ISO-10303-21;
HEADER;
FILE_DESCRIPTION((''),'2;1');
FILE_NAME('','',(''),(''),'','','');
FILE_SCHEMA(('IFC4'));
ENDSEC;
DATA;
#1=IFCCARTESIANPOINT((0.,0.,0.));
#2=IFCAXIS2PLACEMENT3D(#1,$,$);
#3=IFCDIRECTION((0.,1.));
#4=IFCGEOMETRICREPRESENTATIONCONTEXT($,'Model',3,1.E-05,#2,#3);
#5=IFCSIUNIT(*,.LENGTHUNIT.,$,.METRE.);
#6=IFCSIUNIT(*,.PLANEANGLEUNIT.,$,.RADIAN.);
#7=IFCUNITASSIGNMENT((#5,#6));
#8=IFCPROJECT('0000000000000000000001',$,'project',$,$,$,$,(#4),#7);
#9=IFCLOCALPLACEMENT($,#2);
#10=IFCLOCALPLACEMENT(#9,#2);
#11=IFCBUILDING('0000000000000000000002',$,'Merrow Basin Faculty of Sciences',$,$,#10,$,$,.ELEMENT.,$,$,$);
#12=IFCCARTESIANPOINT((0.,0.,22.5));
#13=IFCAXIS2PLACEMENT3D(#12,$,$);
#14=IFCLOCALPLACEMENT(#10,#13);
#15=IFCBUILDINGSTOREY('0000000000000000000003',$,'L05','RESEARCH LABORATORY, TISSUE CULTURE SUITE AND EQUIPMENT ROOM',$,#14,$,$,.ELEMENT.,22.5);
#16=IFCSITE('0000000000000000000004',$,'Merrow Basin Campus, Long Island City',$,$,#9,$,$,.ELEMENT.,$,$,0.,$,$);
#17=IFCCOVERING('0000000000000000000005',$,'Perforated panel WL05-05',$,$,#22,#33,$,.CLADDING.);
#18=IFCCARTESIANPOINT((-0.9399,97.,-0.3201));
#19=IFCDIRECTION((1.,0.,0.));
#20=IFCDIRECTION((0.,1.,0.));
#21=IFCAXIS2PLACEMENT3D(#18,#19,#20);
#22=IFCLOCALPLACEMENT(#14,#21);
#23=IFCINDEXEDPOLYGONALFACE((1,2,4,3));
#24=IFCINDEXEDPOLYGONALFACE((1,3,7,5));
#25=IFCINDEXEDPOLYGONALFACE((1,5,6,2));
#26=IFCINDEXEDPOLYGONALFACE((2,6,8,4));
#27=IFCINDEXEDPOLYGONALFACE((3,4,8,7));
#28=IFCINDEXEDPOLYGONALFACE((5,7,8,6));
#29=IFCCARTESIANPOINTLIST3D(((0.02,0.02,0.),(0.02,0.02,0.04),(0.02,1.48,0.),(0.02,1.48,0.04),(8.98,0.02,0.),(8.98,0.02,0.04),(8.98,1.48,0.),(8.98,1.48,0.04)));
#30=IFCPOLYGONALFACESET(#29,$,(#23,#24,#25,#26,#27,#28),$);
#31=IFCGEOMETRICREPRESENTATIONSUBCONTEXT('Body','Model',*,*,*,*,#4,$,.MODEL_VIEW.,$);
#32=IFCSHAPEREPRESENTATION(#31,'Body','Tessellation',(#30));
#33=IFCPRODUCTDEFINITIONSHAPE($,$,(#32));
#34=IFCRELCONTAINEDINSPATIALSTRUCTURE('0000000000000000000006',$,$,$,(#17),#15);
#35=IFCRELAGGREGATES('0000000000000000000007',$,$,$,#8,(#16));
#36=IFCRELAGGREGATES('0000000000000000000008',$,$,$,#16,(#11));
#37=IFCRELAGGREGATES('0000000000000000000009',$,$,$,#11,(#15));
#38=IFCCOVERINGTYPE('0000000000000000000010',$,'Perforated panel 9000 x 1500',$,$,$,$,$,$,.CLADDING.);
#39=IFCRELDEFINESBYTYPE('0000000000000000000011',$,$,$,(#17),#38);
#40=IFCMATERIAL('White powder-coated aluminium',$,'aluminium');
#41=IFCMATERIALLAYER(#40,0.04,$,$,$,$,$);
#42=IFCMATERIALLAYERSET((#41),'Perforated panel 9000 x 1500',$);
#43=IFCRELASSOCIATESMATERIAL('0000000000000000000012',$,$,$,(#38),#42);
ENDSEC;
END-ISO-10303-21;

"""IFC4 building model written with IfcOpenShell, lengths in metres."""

from ifc_helpers import new_model, si_unit, direction, frame, origin, place, context, subcontext, project, spatial, polyline, outline, extrude, source, transform, mapped, material, layer, layer_set, type_object, element, save


model = new_model("IFC4")

# Units and contexts
model_context = context("Model", 3, precision=1e-05, world=origin(), true_north=direction((0.0, 1.0)))
body_context = subcontext(model_context, "Body", "Model", "MODEL_VIEW")
ifc_project = project(units=[si_unit("LENGTHUNIT", "METRE"), si_unit("PLANEANGLEUNIT", "RADIAN")], contexts=[model_context])

# Site, building, storey
site_placement = place(None, origin())
site = spatial("IfcSite", under=ifc_project, at=site_placement, Name="Merrow Basin Campus, Long Island City", CompositionType="ELEMENT", RefElevation=0.0)
building_placement = place(site_placement, origin())
building = spatial("IfcBuilding", under=site, at=building_placement, Name="Merrow Basin Faculty of Sciences", CompositionType="ELEMENT")
storey_placement = place(building_placement, frame((0.0, 0.0, 22.5)))
storey = spatial("IfcBuildingStorey", under=building, at=storey_placement, Name="L05", Description="RESEARCH LABORATORY, TISSUE CULTURE SUITE AND EQUIPMENT ROOM", CompositionType="ELEMENT", Elevation=22.5)

# Covering
ifc_material_1 = material(Name="White powder-coated aluminium", Category="aluminium")
ifc_layer_1 = layer(ifc_material_1, 0.04)
ifc_layer_set_1 = layer_set([ifc_layer_1], Name="Perforated panel 9000 x 1500")
covering_type = type_object("IfcCoveringType", Name="Perforated panel 9000 x 1500", PredefinedType="CLADDING", material=ifc_layer_set_1)
shared_shape_1 = source(origin(), body_context, "Body", "SweptSolid", [
    extrude(outline(polyline([(0.02, 0.02), (8.98, 0.02), (8.98, 1.48), (0.02, 1.48), (0.02, 0.02)])), origin(), (0.0, 0.0, 1.0), 0.04),
])
covering_placement = place(storey_placement, frame((-0.9399, 97.0, -0.3201), z_axis=(1.0, 0.0, 0.0), x_axis=(0.0, 1.0, 0.0)))
element("IfcCovering", 1, at=covering_placement, inside=storey, type_object=covering_type, Name="Perforated panel WL05-05", PredefinedType="CLADDING", context=body_context, shape_type="MappedRepresentation", body=[
    mapped(shared_shape_1, transform((0.0, 0.0, 0.0), scale=1.0)),
])

save(model, "model.ifc")
